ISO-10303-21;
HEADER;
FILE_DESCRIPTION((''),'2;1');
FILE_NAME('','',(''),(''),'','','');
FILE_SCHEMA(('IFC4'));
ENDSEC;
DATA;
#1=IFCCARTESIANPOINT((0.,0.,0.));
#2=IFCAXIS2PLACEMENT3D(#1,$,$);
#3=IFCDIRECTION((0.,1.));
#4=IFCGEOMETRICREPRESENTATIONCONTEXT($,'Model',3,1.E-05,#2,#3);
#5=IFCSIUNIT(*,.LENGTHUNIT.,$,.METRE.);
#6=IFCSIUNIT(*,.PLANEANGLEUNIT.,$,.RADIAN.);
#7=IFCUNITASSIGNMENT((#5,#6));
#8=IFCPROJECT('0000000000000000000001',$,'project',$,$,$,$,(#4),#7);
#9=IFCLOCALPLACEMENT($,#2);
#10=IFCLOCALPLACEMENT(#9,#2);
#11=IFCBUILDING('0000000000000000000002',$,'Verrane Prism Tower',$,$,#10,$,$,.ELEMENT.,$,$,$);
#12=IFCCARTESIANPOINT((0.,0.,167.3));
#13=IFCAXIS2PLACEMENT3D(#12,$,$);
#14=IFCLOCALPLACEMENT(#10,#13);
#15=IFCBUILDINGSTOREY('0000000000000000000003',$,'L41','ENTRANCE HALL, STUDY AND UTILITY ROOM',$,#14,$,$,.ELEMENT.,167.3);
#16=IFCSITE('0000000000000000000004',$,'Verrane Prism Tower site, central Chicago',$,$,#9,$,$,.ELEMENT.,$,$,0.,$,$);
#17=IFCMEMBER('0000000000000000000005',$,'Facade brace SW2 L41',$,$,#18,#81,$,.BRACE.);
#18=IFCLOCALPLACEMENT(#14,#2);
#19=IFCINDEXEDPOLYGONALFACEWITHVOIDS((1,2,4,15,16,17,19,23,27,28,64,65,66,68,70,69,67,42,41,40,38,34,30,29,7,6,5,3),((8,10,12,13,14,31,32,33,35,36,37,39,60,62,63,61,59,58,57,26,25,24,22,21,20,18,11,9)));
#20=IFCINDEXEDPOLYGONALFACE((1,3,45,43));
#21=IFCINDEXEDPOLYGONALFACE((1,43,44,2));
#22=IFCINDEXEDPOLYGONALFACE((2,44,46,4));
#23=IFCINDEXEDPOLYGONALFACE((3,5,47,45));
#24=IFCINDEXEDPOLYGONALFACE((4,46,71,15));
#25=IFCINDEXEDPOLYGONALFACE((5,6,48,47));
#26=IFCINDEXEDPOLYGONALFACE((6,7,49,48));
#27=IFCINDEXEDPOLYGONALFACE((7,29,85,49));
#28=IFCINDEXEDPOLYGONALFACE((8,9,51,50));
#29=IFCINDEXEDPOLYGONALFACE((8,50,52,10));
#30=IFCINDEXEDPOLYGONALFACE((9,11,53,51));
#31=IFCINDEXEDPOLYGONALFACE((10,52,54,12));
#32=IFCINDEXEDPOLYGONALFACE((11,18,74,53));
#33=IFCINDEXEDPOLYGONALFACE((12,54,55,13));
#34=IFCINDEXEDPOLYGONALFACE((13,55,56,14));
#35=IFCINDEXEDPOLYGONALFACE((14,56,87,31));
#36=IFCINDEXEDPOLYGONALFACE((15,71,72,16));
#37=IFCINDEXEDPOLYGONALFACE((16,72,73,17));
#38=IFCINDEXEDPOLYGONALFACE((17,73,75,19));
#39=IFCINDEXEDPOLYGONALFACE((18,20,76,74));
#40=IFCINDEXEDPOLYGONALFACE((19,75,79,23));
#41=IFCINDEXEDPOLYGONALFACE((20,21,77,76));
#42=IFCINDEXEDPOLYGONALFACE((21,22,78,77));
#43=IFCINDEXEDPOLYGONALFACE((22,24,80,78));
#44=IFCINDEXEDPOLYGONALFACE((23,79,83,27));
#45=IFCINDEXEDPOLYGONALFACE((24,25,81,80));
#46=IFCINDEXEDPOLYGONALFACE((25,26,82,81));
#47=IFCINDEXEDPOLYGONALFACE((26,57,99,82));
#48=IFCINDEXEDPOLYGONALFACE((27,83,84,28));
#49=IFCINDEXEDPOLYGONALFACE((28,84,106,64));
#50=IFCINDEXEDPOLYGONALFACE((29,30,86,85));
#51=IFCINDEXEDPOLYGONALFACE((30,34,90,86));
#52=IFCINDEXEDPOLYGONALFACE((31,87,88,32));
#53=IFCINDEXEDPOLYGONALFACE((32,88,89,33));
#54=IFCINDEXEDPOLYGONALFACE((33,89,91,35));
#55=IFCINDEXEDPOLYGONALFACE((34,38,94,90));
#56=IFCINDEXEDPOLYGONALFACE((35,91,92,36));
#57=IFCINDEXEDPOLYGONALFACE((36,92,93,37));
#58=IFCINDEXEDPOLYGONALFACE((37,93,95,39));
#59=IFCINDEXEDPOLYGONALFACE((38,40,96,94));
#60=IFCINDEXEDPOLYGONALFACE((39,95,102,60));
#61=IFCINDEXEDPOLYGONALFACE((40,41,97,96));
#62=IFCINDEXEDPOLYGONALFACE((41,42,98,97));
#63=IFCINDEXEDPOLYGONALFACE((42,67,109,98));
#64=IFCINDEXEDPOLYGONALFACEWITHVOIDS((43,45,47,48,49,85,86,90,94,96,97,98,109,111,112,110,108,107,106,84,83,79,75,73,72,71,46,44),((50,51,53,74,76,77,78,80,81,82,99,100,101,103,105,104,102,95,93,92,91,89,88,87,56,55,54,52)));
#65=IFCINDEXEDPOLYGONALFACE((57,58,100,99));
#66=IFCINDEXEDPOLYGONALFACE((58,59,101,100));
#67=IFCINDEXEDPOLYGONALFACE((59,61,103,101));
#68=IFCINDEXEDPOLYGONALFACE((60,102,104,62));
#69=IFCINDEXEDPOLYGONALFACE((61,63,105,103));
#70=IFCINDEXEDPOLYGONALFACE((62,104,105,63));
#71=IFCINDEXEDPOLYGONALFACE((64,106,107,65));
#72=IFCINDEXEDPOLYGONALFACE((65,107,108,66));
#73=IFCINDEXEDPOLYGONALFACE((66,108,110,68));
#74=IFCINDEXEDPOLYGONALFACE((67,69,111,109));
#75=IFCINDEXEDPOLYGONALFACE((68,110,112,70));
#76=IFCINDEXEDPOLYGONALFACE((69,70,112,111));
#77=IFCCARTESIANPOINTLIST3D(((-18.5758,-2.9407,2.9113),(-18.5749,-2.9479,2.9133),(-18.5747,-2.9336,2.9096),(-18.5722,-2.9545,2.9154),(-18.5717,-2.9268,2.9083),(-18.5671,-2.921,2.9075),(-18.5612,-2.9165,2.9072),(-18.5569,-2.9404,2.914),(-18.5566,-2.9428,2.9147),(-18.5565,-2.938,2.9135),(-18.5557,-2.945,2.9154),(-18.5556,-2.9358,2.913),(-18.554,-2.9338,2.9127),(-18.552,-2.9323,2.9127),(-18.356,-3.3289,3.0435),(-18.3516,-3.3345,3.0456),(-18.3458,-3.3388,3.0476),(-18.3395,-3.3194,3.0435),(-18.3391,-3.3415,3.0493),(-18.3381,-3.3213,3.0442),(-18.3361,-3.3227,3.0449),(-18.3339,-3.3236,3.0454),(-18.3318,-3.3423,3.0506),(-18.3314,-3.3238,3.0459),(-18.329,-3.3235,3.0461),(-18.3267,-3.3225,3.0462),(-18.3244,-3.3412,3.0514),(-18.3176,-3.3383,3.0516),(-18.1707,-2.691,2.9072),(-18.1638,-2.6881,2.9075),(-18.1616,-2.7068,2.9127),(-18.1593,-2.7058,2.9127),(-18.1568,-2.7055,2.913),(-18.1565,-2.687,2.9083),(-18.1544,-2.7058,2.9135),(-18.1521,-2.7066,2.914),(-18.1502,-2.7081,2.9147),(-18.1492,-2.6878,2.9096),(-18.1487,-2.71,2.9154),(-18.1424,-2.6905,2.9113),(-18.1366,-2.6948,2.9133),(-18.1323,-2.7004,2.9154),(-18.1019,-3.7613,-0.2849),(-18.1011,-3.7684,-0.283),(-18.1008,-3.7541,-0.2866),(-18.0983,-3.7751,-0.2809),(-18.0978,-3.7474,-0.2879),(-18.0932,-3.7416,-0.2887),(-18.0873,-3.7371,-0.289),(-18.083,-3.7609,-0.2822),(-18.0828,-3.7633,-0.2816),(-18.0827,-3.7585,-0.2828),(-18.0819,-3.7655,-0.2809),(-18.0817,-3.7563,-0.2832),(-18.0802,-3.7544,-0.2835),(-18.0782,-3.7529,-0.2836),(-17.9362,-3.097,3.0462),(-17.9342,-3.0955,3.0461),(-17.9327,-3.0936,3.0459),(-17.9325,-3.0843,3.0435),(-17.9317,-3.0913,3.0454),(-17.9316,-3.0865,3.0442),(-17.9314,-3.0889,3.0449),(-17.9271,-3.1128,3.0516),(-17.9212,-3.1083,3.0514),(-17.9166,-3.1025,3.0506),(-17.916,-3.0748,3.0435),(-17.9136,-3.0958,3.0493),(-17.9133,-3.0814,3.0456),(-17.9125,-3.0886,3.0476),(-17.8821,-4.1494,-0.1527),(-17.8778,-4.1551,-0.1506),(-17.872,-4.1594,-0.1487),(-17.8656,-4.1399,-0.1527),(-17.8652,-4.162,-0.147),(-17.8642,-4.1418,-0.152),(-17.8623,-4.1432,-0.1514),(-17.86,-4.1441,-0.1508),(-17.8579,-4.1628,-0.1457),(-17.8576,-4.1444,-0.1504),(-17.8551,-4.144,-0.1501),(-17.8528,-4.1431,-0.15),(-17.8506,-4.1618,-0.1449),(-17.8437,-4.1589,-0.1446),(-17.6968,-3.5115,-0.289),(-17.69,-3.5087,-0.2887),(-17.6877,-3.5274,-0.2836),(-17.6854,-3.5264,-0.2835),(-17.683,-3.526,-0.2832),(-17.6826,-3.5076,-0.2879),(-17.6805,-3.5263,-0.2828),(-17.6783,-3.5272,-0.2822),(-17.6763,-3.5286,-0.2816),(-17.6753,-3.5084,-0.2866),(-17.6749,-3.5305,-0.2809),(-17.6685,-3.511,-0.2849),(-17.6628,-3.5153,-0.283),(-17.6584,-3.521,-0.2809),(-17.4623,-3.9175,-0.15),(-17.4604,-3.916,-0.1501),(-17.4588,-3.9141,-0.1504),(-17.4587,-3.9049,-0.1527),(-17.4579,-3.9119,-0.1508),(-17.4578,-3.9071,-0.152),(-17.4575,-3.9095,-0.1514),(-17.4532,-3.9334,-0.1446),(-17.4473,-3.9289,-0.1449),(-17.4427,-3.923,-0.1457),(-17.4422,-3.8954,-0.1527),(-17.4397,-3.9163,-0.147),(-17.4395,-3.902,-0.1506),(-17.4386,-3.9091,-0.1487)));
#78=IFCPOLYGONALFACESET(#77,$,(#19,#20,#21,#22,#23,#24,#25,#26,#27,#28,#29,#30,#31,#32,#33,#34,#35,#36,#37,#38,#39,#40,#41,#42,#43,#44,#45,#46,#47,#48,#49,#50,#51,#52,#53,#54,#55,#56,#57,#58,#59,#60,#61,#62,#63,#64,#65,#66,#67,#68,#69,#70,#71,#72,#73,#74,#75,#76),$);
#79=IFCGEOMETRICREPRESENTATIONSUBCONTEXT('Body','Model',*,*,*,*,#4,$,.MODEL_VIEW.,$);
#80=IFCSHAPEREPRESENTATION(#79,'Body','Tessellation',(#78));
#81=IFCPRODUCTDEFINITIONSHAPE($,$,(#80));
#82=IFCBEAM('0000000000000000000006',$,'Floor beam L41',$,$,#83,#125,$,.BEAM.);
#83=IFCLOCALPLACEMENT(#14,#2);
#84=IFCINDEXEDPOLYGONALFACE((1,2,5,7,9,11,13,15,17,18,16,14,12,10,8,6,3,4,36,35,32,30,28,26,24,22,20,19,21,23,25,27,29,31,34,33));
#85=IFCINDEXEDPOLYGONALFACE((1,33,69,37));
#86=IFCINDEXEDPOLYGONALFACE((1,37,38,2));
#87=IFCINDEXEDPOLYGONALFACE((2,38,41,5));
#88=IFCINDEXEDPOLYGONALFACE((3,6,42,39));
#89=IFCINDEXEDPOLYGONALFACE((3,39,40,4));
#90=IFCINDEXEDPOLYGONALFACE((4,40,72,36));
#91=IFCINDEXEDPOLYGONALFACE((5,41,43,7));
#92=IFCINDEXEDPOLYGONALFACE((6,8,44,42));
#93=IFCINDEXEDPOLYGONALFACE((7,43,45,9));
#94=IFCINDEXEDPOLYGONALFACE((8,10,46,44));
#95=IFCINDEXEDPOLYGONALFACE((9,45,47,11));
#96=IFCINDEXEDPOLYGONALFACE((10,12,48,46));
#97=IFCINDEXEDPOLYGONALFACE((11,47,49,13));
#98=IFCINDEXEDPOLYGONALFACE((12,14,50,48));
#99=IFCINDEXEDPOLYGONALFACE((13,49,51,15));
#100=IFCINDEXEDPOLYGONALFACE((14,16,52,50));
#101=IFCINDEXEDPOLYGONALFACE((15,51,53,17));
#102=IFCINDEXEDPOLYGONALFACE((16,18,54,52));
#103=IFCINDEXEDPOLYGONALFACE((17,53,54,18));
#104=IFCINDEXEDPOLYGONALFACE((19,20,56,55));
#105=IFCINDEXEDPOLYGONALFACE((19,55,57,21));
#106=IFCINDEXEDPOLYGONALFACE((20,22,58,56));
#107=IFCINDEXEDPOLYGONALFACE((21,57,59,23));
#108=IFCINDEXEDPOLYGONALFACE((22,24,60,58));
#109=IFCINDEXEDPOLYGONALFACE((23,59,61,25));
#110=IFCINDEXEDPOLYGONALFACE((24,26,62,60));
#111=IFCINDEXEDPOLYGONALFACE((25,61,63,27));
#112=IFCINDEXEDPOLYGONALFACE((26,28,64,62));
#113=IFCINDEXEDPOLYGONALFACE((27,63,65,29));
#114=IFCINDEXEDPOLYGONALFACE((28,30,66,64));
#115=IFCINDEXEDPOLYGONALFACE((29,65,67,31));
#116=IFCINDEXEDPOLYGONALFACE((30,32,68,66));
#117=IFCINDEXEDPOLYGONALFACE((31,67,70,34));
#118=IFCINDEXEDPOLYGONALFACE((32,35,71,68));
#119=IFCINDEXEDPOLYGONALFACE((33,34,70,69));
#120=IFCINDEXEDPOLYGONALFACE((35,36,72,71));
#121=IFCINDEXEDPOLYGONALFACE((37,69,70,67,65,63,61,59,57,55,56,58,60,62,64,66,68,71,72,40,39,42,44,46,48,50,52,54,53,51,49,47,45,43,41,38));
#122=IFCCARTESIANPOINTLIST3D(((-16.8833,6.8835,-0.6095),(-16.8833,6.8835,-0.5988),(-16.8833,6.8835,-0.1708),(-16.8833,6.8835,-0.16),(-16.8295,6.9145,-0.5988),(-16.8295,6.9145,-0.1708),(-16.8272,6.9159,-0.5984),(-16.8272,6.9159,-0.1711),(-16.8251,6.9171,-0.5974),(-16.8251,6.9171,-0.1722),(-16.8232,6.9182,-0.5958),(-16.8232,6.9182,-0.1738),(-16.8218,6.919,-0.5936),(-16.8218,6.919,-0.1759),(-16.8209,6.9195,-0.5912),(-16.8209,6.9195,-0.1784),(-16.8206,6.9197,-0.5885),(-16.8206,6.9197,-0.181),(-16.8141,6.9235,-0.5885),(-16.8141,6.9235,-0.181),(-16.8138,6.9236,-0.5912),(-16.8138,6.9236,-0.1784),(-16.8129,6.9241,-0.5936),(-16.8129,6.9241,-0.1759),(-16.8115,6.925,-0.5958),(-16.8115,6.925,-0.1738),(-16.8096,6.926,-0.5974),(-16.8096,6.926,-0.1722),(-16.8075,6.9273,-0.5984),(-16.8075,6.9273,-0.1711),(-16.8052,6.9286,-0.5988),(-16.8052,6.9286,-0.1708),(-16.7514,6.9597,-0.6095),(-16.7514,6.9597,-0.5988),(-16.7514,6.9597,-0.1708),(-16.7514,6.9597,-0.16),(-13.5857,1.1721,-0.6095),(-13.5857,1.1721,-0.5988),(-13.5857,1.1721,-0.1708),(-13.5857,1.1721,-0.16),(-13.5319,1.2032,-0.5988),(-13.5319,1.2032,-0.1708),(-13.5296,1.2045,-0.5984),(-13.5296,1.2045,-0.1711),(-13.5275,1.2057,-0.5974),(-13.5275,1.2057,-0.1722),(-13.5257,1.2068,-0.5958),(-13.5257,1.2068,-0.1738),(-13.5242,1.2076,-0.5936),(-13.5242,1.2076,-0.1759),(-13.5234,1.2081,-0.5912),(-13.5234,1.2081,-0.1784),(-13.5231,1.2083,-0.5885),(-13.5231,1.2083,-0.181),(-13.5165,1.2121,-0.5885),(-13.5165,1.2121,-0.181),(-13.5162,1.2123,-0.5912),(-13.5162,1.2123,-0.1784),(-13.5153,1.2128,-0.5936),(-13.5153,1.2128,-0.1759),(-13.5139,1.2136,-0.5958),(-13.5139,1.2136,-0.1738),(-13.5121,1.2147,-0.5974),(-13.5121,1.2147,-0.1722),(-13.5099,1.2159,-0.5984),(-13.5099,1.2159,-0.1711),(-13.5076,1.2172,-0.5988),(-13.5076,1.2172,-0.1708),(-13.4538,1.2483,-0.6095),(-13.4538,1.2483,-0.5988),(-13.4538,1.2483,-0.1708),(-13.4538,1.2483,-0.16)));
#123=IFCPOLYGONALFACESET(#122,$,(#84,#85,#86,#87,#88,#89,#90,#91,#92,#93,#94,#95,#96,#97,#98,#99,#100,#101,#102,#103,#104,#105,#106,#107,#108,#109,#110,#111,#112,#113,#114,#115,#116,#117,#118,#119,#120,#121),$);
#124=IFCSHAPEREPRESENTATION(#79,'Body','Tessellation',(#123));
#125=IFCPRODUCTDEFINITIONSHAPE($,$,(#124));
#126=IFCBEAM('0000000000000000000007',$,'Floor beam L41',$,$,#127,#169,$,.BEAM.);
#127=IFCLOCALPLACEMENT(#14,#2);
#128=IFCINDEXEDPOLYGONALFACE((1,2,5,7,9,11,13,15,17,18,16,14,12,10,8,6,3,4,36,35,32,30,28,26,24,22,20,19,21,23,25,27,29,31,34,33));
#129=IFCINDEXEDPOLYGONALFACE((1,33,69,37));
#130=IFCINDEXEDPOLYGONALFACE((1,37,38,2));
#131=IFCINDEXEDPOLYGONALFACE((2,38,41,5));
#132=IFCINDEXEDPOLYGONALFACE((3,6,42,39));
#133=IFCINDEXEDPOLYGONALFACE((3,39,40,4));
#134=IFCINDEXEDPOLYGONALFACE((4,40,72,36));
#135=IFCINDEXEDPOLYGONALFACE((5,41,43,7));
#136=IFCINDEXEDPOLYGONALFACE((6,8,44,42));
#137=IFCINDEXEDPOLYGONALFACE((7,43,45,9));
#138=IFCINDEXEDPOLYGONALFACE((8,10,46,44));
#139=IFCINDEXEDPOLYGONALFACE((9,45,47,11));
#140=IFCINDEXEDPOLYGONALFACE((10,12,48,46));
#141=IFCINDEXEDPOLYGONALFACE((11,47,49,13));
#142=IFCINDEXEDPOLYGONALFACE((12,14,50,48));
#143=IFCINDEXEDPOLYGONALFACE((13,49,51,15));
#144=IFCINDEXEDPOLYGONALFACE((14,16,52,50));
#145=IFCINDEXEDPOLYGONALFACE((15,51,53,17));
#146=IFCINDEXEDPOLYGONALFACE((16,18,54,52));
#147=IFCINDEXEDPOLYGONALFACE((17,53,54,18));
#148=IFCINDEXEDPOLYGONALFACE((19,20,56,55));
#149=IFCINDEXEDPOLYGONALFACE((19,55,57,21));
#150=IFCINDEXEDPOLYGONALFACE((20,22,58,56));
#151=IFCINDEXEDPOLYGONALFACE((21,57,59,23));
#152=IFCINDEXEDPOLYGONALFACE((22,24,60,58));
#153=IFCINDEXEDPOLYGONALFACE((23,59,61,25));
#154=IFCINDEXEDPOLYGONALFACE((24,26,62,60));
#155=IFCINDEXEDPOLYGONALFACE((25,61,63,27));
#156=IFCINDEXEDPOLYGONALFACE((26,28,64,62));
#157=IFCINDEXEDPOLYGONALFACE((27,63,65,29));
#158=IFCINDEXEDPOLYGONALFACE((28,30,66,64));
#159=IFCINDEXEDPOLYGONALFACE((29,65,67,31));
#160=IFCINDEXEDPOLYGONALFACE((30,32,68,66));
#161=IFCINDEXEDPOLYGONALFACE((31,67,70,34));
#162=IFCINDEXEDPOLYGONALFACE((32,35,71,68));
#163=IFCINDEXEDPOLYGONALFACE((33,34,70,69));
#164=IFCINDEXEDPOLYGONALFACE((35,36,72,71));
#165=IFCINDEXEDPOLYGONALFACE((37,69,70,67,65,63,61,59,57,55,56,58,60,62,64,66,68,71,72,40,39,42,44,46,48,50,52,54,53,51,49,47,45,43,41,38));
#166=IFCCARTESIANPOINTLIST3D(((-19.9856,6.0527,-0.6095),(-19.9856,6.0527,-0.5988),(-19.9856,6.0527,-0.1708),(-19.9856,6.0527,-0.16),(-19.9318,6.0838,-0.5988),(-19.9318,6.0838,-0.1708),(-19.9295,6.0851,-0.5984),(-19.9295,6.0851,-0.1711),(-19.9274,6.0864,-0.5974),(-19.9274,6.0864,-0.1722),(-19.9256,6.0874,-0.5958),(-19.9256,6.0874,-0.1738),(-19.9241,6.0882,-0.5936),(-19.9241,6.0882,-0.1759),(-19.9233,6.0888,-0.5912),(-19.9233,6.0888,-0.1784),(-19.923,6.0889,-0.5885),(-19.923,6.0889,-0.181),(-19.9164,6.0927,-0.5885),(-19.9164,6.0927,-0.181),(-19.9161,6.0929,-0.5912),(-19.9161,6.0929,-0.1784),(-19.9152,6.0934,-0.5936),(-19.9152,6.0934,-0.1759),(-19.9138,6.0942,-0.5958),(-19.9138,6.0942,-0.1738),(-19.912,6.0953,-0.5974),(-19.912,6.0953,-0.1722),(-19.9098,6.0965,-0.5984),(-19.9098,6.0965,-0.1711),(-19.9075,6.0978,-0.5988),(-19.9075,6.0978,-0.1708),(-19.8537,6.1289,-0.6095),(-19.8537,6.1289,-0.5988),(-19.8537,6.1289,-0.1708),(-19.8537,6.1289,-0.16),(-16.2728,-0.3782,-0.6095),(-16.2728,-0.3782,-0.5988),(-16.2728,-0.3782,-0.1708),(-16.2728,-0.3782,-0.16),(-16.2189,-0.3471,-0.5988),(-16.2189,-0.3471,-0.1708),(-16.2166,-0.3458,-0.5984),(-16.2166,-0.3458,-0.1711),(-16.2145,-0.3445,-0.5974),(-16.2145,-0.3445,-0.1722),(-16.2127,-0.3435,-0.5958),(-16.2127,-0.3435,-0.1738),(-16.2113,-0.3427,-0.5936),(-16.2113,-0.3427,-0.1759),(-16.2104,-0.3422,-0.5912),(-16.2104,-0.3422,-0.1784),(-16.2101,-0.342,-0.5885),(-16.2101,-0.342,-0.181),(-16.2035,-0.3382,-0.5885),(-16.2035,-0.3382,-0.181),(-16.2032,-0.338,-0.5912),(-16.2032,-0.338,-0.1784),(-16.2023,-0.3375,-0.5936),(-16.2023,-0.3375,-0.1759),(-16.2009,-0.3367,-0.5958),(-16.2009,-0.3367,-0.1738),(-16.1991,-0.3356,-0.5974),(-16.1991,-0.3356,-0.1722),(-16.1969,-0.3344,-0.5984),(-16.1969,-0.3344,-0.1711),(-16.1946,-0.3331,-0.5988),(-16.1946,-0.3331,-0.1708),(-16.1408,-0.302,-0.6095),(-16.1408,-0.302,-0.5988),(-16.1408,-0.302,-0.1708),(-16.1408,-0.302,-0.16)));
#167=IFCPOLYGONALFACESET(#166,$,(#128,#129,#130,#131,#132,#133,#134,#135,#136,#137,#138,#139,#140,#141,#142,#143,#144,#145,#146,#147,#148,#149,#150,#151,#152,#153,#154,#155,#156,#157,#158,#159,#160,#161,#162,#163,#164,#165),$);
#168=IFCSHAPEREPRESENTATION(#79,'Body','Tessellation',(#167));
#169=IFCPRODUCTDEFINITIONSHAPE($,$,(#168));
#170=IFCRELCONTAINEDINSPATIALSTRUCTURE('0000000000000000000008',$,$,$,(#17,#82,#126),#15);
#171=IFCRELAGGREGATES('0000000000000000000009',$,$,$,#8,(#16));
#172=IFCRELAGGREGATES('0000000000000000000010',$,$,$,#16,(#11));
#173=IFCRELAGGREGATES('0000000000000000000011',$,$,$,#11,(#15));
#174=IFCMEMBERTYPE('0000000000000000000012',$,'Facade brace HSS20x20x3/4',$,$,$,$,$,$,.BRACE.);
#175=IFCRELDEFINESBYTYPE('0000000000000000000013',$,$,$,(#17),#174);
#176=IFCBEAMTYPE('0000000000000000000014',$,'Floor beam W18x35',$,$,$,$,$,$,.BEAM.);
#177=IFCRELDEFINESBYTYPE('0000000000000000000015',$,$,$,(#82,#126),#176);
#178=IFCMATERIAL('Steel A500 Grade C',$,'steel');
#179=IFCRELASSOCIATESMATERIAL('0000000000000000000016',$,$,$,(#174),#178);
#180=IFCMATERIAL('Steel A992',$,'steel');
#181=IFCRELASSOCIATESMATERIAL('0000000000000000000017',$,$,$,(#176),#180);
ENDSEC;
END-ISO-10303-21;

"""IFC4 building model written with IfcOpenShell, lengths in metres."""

from ifc_helpers import new_model, si_unit, direction, frame, origin, origin_2d, place, context, subcontext, project, spatial, hollow_rectangle, i_section, extrude, material, material_profile, profile_set, type_object, element, save


model = new_model("IFC4")

# Units and contexts
model_context = context("Model", 3, precision=1e-05, world=origin(), true_north=direction((0.0, 1.0)))
body_context = subcontext(model_context, "Body", "Model", "MODEL_VIEW")
ifc_project = project(units=[si_unit("LENGTHUNIT", "METRE"), si_unit("PLANEANGLEUNIT", "RADIAN")], contexts=[model_context])

# Site, building, storey
site_placement = place(None, origin())
site = spatial("IfcSite", under=ifc_project, at=site_placement, Name="Verrane Prism Tower site, central Chicago", CompositionType="ELEMENT", RefElevation=0.0)
building_placement = place(site_placement, origin())
building = spatial("IfcBuilding", under=site, at=building_placement, Name="Verrane Prism Tower", CompositionType="ELEMENT")
storey_placement = place(building_placement, frame((0.0, 0.0, 167.3)))
storey = spatial("IfcBuildingStorey", under=building, at=storey_placement, Name="L41", Description="ENTRANCE HALL, STUDY AND UTILITY ROOM", CompositionType="ELEMENT", Elevation=167.3)

# Member
ifc_material_1 = material(Name="Steel A500 Grade C", Category="steel")
ifc_material_profile_1 = material_profile(ifc_material_1, hollow_rectangle(XDim=0.5081, YDim=0.5081, WallThickness=0.019, InnerFilletRadius=0.0095, OuterFilletRadius=0.0286, at=origin_2d()), Name="HSS20x20x3/4")
ifc_profile_set_1 = profile_set([ifc_material_profile_1], Name="Steel A500 Grade C")
member_type_1 = type_object("IfcMemberType", Name="Facade brace HSS20x20x3/4", PredefinedType="BRACE", material=ifc_profile_set_1)
for number, where, z_axis, x_axis, name in (
    (1, (-17.7703, -3.8352, -0.2168), (-0.142144, 0.246133, 0.958756), (-0.865967, -0.500102, 0.0), "Facade brace SW2 L41"),
):
    element("IfcMember", number, at=place(storey_placement, frame(where, z_axis=z_axis, x_axis=x_axis)), inside=storey, type_object=member_type_1, Name=name, PredefinedType="BRACE", context=body_context, shape_type="SweptSolid", body=[
        extrude(hollow_rectangle(XDim=0.5081, YDim=0.5081, WallThickness=0.019, InnerFilletRadius=0.0095, OuterFilletRadius=0.0286, at=origin_2d()), origin(), (0.0, 0.0, 1.0), 3.3337),
    ])

# Beams
ifc_material_2 = material(Name="Steel A992", Category="steel")
ifc_material_profile_2 = material_profile(ifc_material_2, i_section(OverallWidth=0.1523, OverallDepth=0.4495, WebThickness=0.0076, FlangeThickness=0.0107, FilletRadius=0.0103, at=origin_2d()), Name="W18x35")
ifc_profile_set_2 = profile_set([ifc_material_profile_2], Name="Steel A992")
beam_type_1 = type_object("IfcBeamType", Name="Floor beam W18x35", PredefinedType="BEAM", material=ifc_profile_set_2)
beam_1_placement = place(storey_placement, frame((-13.5198, 1.2102, -0.3848), z_axis=(-0.500013, 0.866018, 0.0), x_axis=(-0.866018, -0.500013, 0.0)))
element("IfcBeam", 2, at=beam_1_placement, inside=storey, type_object=beam_type_1, Name="Floor beam L41", PredefinedType="BEAM", context=body_context, shape_type="SweptSolid", body=[
    extrude(i_section(OverallWidth=0.1523, OverallDepth=0.4495, WebThickness=0.0076, FlangeThickness=0.0107, FilletRadius=0.0103, at=origin_2d()), origin(), (0.0, 0.0, 1.0), 6.595),
])
beam_2_placement = place(storey_placement, frame((-16.2068, -0.3401, -0.3848), z_axis=(-0.5, 0.866025, 0.0), x_axis=(-0.866025, -0.5, 0.0)))
element("IfcBeam", 3, at=beam_2_placement, inside=storey, type_object=beam_type_1, Name="Floor beam L41", PredefinedType="BEAM", context=body_context, shape_type="SweptSolid", body=[
    extrude(i_section(OverallWidth=0.1523, OverallDepth=0.4495, WebThickness=0.0076, FlangeThickness=0.0107, FilletRadius=0.0103, at=origin_2d()), origin(), (0.0, 0.0, 1.0), 7.4258),
])

save(model, "model.ifc")
